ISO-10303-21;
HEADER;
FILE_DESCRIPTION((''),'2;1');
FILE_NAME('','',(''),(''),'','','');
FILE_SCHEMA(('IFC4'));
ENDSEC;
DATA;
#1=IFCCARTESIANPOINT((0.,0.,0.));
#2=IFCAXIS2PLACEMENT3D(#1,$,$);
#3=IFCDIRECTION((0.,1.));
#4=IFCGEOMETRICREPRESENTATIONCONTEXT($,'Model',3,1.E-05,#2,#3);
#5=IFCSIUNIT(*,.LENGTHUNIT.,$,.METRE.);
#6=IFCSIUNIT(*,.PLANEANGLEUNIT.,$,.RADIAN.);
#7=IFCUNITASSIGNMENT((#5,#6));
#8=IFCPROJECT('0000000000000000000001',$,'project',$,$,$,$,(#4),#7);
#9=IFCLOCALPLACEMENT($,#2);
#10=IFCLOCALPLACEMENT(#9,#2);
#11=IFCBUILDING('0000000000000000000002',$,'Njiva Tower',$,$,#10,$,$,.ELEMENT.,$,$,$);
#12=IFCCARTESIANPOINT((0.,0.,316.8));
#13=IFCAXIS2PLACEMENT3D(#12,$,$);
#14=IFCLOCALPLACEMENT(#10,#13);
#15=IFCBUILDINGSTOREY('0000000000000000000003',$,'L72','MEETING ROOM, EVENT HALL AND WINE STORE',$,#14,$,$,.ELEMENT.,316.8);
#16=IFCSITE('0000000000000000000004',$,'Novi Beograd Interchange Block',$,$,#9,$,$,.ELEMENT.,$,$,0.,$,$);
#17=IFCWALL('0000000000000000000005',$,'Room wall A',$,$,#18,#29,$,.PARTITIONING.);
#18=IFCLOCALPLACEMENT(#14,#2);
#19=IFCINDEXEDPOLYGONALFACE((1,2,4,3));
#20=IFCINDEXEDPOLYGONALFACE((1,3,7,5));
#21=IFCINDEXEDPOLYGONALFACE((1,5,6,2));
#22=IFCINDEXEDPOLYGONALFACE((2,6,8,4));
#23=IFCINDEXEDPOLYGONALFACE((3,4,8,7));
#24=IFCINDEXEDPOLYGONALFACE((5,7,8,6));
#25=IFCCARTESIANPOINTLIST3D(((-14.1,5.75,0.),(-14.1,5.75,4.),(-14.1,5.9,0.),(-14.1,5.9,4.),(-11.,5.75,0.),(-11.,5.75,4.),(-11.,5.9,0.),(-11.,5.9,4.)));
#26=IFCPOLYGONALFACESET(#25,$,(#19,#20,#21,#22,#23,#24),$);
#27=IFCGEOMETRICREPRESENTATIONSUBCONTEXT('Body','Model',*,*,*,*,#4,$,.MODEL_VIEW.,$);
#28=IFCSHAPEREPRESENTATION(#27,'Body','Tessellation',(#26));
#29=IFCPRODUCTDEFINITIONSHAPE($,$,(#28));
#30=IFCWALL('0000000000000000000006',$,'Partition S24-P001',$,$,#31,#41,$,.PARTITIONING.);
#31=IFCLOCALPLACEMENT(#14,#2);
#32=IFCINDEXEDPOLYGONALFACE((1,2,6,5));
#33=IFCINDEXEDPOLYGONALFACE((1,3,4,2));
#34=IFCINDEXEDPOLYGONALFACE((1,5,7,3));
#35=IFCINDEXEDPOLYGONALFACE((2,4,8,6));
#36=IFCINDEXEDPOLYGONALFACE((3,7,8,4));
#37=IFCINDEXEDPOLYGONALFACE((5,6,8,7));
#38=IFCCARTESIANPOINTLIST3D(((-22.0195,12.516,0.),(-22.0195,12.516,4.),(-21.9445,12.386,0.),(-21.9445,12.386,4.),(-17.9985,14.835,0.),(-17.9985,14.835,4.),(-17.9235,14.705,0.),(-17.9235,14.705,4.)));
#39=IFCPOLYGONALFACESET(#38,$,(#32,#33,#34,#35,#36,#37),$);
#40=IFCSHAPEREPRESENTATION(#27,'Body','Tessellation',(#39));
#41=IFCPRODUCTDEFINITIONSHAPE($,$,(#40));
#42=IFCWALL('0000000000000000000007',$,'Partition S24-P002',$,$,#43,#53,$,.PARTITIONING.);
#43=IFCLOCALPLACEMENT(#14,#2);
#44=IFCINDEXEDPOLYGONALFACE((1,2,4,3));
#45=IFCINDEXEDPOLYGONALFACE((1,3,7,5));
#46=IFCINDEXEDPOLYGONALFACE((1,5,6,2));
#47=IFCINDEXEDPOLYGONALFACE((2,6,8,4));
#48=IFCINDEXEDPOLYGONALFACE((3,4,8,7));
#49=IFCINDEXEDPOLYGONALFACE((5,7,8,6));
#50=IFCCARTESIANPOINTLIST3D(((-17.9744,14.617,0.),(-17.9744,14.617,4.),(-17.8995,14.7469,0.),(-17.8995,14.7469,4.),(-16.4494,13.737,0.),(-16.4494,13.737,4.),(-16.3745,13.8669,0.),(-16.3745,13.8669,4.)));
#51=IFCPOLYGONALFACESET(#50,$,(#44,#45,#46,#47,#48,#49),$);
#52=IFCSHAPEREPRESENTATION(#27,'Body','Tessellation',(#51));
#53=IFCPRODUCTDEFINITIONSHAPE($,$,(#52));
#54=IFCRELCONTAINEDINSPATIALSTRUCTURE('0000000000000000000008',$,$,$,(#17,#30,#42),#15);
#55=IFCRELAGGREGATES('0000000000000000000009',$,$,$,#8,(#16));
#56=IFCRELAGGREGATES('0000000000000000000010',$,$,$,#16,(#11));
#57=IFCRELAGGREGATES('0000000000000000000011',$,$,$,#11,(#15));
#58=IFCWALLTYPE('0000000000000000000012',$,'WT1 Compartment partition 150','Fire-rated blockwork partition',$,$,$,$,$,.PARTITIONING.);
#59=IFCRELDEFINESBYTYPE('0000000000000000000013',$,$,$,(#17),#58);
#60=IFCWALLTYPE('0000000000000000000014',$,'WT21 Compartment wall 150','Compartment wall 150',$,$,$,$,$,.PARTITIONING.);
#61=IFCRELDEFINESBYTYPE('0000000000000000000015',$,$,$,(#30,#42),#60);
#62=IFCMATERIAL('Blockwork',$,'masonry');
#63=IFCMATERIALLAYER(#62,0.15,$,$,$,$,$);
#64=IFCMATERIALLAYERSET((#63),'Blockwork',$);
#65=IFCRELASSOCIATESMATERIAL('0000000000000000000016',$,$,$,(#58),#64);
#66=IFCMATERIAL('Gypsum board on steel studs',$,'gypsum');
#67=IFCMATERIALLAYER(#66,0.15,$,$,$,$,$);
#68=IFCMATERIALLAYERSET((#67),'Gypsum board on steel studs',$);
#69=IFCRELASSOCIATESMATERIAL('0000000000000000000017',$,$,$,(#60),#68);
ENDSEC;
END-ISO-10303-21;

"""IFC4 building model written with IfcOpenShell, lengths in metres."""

from ifc_helpers import new_model, si_unit, direction, frame, frame_2d, origin, place, context, subcontext, project, spatial, rectangle, extrude, material, layer, layer_set, type_object, element, save


model = new_model("IFC4")

# Units and contexts
model_context = context("Model", 3, precision=1e-05, world=origin(), true_north=direction((0.0, 1.0)))
body_context = subcontext(model_context, "Body", "Model", "MODEL_VIEW")
ifc_project = project(units=[si_unit("LENGTHUNIT", "METRE"), si_unit("PLANEANGLEUNIT", "RADIAN")], contexts=[model_context])

# Site, building, storey
site_placement = place(None, origin())
site = spatial("IfcSite", under=ifc_project, at=site_placement, Name="Novi Beograd Interchange Block", CompositionType="ELEMENT", RefElevation=0.0)
building_placement = place(site_placement, origin())
building = spatial("IfcBuilding", under=site, at=building_placement, Name="Njiva Tower", CompositionType="ELEMENT")
storey_placement = place(building_placement, frame((0.0, 0.0, 316.8)))
storey = spatial("IfcBuildingStorey", under=building, at=storey_placement, Name="L72", Description="MEETING ROOM, EVENT HALL AND WINE STORE", CompositionType="ELEMENT", Elevation=316.8)

# Walls
ifc_material_1 = material(Name="Blockwork", Category="masonry")
ifc_layer_1 = layer(ifc_material_1, 0.15)
ifc_layer_set_1 = layer_set([ifc_layer_1], Name="Blockwork")
wall_type_1 = type_object("IfcWallType", Name="WT1 Compartment partition 150", Description="Fire-rated blockwork partition", PredefinedType="PARTITIONING", material=ifc_layer_set_1)
wall_1_placement = place(storey_placement, frame((-14.1, 5.825, 0.0), z_axis=(0.0, 0.0, 1.0), x_axis=(1.0, 0.0, 0.0)))
element("IfcWall", 1, at=wall_1_placement, inside=storey, type_object=wall_type_1, Name="Room wall A", PredefinedType="PARTITIONING", context=body_context, shape_type="SweptSolid", body=[
    extrude(rectangle(XDim=3.1, YDim=0.15, at=frame_2d((1.55, 0.0))), origin(), (0.0, 0.0, 1.0), 4.0),
])
ifc_material_2 = material(Name="Gypsum board on steel studs", Category="gypsum")
ifc_layer_2 = layer(ifc_material_2, 0.15)
ifc_layer_set_2 = layer_set([ifc_layer_2], Name="Gypsum board on steel studs")
wall_type_2 = type_object("IfcWallType", Name="WT21 Compartment wall 150", Description="Compartment wall 150", PredefinedType="PARTITIONING", material=ifc_layer_set_2)
wall_2_placement = place(storey_placement, frame((-21.982, 12.451, 0.0), z_axis=(0.0, 0.0, 1.0), x_axis=(0.866261, 0.499592, 0.0)))
element("IfcWall", 2, at=wall_2_placement, inside=storey, type_object=wall_type_2, Name="Partition S24-P001", PredefinedType="PARTITIONING", context=body_context, shape_type="SweptSolid", body=[
    extrude(rectangle(XDim=4.6418, YDim=0.15, at=frame_2d((2.3209, 0.0))), origin(), (0.0, 0.0, 1.0), 4.0),
])
wall_3_placement = place(storey_placement, frame((-17.937, 14.682, 0.0), z_axis=(0.0, 0.0, 1.0), x_axis=(0.866138, -0.499804, 0.0)))
element("IfcWall", 3, at=wall_3_placement, inside=storey, type_object=wall_type_2, Name="Partition S24-P002", PredefinedType="PARTITIONING", context=body_context, shape_type="SweptSolid", body=[
    extrude(rectangle(XDim=1.7607, YDim=0.15, at=frame_2d((0.8804, 0.0))), origin(), (0.0, 0.0, 1.0), 4.0),
])

save(model, "model.ifc")
